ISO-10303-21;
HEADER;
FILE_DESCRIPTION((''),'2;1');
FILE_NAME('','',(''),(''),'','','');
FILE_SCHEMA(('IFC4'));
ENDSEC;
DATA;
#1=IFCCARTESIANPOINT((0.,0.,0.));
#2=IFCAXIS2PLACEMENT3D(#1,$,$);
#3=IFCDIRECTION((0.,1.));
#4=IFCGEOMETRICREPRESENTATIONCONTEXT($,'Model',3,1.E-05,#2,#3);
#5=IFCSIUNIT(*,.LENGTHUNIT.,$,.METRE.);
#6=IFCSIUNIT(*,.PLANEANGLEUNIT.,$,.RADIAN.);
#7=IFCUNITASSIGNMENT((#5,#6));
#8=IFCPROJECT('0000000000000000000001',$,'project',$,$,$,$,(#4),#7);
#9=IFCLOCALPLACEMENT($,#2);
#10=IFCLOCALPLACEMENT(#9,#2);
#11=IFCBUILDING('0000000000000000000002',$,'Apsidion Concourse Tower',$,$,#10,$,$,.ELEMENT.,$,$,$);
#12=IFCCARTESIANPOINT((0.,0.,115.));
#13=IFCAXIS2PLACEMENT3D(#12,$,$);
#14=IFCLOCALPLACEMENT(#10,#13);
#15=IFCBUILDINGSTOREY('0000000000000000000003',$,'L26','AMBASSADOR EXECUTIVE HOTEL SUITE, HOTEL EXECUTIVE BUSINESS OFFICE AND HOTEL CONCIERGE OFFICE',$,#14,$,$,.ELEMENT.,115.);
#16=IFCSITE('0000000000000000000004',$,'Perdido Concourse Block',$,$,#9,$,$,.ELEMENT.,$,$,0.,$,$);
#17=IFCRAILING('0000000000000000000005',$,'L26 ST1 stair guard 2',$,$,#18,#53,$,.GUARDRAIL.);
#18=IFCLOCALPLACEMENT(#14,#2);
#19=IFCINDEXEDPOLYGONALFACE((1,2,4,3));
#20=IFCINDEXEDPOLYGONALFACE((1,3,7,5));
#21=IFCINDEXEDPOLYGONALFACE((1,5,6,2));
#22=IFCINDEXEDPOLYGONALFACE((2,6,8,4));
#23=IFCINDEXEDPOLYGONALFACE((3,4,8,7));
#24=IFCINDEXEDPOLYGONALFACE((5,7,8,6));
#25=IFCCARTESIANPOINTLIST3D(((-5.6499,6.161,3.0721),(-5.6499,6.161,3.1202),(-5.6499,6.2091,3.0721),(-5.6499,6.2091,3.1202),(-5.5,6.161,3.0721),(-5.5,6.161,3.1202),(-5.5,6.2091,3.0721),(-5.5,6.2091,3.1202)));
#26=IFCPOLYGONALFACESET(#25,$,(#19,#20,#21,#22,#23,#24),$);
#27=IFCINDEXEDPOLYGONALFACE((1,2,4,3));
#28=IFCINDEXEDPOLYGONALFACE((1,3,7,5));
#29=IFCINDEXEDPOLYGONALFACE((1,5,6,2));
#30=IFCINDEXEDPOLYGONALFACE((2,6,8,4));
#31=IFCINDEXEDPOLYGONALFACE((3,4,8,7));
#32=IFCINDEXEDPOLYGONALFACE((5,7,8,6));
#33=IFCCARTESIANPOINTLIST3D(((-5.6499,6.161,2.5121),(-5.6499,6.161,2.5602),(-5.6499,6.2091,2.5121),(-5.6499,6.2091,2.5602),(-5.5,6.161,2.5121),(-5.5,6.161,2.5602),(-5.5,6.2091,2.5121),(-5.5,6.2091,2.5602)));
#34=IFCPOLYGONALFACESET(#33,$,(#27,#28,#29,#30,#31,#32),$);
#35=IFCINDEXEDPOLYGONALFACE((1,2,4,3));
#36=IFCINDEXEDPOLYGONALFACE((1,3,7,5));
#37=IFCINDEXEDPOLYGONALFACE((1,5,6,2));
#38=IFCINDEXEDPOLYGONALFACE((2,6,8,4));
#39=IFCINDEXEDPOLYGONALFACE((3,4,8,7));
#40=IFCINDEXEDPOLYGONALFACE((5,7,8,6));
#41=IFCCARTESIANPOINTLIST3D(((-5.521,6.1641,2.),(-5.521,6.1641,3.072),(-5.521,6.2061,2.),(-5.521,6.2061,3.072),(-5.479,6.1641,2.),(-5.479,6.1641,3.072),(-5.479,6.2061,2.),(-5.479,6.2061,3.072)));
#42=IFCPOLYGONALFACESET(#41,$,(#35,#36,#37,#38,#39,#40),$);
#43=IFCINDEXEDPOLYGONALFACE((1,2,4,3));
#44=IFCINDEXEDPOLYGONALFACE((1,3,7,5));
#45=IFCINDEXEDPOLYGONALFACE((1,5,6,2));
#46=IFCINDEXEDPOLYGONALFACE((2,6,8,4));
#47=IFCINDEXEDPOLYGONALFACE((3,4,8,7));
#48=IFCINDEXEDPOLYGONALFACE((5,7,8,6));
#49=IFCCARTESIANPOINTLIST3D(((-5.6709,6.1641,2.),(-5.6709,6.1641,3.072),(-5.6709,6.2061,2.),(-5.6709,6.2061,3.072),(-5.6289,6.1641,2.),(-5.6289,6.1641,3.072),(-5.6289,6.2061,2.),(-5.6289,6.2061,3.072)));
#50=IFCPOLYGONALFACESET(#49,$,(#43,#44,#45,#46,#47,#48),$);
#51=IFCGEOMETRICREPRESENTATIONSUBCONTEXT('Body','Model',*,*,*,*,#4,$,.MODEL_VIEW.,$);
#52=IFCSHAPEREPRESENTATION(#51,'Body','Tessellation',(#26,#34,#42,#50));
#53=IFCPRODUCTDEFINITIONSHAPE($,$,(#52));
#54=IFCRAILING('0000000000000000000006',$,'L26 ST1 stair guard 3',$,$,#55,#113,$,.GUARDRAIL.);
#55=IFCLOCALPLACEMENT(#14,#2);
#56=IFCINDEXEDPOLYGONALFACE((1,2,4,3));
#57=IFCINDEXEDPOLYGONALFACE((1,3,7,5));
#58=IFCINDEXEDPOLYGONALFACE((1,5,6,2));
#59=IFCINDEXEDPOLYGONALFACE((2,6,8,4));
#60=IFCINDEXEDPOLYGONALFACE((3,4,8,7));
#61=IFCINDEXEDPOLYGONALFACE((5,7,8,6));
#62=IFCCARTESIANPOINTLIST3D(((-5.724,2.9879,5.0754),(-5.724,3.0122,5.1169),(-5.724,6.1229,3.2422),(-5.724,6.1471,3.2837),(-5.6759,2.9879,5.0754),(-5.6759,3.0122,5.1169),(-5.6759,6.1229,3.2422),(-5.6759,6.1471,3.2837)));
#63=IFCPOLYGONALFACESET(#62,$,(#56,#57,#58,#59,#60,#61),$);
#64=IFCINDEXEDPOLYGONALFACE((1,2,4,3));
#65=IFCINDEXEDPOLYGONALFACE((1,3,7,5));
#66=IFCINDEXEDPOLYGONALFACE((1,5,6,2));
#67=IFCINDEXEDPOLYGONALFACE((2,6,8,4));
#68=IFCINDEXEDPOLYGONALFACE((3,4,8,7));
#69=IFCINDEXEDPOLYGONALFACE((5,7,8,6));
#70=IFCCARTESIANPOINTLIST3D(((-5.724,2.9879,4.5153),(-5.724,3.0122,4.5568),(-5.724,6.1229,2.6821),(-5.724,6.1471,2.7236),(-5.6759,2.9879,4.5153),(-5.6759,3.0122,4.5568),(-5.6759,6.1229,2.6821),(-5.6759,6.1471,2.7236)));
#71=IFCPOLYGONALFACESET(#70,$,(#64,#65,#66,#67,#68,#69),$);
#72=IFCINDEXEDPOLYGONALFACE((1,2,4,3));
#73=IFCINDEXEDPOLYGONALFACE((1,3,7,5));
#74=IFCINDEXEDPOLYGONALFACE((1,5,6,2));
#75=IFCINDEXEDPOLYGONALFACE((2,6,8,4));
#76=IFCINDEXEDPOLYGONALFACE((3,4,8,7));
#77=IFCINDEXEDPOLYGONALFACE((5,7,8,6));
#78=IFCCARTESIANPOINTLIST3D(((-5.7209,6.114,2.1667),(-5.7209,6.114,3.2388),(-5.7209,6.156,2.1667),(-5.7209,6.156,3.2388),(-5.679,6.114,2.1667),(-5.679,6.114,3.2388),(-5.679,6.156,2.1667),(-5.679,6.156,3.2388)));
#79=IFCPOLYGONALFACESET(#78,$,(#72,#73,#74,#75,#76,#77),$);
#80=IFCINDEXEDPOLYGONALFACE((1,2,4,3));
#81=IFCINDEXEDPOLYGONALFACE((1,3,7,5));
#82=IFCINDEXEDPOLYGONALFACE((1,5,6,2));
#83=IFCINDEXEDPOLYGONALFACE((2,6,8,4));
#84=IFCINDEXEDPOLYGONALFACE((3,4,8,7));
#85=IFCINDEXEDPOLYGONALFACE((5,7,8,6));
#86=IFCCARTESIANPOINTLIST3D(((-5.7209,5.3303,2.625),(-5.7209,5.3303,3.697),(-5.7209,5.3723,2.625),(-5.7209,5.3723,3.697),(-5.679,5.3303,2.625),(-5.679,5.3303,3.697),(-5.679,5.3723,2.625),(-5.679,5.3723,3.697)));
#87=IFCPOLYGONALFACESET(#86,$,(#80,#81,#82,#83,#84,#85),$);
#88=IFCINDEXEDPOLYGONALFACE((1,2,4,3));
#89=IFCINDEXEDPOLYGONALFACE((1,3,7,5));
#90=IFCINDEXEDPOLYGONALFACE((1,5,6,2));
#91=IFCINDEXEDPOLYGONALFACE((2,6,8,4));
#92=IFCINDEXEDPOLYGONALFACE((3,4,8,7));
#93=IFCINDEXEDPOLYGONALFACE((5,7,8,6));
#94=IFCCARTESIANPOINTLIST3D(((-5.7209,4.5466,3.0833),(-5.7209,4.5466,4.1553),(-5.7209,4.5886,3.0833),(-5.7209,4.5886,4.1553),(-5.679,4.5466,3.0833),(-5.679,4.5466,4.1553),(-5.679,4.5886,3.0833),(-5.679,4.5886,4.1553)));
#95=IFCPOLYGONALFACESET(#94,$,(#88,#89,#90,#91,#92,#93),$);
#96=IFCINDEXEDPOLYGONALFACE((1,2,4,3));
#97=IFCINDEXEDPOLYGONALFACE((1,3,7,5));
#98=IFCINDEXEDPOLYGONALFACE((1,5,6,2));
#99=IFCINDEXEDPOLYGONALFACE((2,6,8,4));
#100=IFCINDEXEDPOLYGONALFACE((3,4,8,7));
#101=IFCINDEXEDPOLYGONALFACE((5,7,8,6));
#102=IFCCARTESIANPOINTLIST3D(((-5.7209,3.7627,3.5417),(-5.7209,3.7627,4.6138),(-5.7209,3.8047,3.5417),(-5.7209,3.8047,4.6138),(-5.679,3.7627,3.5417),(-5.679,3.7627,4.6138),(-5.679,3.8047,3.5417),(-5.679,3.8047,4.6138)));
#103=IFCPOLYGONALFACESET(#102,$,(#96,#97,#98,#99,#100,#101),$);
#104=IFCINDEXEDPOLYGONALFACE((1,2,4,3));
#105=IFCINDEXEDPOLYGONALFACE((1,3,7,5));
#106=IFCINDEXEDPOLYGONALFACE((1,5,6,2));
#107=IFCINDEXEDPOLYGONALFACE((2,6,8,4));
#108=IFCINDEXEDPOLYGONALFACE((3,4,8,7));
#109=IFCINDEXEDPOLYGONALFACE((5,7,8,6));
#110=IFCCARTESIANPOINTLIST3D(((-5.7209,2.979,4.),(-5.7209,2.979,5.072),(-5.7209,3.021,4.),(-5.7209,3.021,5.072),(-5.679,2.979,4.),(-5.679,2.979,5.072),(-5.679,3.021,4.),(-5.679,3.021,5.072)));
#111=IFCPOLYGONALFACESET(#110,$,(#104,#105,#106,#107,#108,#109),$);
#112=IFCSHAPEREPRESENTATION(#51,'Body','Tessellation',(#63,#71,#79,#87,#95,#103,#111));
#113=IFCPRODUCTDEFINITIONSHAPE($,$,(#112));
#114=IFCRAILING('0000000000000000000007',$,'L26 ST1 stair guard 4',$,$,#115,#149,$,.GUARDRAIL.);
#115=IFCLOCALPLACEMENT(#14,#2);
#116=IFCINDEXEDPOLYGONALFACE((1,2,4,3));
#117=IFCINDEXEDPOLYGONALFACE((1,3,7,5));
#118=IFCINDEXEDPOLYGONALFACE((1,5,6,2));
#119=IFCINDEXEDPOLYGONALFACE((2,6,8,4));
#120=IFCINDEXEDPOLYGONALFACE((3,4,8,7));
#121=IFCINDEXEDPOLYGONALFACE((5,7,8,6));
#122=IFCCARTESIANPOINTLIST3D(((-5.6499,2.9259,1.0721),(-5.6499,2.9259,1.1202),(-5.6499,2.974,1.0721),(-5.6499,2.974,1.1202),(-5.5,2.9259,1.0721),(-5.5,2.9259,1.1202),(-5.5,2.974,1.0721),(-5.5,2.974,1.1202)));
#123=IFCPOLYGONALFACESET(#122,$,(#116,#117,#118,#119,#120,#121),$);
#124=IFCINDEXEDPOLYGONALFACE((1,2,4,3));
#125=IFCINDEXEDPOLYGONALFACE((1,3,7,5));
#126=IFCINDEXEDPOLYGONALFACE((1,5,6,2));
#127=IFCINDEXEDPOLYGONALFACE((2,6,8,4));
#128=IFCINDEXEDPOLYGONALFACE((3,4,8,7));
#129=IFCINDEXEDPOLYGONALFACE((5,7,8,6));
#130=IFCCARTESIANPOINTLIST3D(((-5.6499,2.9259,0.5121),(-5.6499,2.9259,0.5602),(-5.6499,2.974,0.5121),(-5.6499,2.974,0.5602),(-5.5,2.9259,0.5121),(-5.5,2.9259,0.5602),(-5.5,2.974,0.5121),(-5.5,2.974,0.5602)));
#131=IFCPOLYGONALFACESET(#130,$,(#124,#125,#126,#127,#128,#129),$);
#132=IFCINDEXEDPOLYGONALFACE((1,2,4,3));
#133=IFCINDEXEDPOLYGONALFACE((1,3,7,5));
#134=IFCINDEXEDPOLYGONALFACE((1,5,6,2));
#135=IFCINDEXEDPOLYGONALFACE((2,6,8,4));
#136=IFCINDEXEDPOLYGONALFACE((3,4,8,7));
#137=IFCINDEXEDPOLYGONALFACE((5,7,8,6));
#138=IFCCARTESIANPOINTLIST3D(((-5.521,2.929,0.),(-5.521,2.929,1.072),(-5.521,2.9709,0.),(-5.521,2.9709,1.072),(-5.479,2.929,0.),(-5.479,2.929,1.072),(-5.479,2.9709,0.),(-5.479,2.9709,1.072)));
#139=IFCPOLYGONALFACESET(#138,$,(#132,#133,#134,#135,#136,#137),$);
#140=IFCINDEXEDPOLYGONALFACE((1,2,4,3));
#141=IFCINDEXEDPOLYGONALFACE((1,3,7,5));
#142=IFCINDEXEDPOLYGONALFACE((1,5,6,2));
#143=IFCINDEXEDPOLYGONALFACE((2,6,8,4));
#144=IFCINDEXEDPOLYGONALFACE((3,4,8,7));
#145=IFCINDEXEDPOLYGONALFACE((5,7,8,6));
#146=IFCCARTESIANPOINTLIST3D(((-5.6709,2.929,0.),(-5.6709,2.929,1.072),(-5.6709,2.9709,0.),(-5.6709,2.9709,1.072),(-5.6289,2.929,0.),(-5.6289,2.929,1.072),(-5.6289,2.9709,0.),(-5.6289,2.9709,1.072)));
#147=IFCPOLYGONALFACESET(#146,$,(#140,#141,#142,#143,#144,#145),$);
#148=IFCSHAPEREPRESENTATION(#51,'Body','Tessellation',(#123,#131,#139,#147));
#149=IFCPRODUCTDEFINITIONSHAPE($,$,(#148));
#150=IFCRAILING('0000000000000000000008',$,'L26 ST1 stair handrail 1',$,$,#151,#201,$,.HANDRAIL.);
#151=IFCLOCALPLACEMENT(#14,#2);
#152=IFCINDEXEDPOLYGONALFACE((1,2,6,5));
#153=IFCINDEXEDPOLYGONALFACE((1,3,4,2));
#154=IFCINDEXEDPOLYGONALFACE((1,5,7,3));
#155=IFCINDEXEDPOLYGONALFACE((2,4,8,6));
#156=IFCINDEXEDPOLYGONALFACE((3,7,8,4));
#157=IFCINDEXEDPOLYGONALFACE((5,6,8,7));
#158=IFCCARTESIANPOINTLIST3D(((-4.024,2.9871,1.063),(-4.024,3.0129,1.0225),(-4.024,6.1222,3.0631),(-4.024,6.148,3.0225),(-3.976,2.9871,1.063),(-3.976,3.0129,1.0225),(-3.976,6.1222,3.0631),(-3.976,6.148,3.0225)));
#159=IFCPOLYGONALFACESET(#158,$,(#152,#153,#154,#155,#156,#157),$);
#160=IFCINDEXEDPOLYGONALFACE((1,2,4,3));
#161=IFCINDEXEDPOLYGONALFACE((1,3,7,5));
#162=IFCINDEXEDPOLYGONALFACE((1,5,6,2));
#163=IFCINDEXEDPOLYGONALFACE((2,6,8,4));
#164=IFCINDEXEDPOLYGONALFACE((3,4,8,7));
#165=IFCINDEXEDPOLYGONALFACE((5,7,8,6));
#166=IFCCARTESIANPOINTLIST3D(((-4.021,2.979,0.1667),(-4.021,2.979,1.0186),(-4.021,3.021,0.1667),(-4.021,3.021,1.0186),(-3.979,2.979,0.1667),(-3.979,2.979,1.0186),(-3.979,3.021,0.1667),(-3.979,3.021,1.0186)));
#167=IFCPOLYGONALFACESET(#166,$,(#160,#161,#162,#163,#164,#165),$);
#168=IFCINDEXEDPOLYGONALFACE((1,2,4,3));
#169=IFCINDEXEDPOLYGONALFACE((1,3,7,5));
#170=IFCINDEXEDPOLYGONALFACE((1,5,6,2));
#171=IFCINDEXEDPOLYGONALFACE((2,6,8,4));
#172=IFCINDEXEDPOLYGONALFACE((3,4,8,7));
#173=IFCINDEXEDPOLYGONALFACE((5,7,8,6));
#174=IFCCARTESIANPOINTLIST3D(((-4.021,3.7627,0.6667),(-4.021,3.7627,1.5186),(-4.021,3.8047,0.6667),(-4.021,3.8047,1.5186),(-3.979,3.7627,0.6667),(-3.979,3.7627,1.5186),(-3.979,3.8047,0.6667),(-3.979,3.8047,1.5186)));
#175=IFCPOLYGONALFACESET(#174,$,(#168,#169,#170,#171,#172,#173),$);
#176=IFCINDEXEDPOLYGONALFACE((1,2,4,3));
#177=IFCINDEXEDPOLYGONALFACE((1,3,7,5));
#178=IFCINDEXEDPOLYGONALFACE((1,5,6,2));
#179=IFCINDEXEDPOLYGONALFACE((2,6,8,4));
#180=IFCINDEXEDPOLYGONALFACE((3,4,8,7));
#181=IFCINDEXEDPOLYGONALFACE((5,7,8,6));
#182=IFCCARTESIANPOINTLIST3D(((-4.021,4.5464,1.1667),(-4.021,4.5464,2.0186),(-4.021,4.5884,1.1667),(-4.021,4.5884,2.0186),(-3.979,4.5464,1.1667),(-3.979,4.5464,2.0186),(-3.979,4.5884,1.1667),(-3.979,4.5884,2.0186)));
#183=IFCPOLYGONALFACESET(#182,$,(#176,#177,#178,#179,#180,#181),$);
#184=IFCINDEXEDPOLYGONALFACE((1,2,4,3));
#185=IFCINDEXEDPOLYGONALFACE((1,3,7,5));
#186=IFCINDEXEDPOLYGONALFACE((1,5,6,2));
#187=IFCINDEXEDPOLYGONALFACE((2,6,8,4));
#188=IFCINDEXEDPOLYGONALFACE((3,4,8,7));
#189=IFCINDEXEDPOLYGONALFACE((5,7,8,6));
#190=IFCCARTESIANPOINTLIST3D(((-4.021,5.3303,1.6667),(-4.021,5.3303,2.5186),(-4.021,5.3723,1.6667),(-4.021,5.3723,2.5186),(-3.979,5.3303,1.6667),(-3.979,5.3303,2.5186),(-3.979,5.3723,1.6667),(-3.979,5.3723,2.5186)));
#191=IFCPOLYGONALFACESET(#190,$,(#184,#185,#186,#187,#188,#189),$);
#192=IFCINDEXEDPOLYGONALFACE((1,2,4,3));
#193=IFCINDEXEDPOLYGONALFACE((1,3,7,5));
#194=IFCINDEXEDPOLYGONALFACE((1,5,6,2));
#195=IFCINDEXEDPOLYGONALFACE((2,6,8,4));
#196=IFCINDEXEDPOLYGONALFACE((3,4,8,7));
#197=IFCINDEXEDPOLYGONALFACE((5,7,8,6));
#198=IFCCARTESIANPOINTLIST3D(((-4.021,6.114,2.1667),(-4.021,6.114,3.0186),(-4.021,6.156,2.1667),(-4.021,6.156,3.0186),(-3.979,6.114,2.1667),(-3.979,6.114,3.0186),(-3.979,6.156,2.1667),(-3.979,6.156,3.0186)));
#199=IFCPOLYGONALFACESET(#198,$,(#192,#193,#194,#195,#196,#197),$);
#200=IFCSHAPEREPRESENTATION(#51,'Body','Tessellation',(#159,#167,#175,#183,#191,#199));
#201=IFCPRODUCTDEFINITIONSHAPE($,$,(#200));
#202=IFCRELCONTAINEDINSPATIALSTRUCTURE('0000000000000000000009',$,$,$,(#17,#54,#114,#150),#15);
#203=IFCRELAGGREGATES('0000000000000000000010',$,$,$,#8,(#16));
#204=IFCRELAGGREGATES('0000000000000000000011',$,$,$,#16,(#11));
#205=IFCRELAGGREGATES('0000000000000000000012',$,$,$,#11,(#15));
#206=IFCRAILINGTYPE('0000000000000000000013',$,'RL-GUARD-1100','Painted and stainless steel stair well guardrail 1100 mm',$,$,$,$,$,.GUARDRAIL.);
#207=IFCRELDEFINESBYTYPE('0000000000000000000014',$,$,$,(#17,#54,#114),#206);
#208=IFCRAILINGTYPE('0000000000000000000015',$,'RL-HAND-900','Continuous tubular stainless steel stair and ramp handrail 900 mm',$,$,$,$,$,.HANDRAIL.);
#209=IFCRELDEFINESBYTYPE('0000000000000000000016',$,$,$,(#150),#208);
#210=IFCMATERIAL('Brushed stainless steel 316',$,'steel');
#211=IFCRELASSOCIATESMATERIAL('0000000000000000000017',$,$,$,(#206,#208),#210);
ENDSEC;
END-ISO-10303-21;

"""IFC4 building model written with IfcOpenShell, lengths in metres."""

from ifc_helpers import new_model, si_unit, direction, frame, origin, origin_2d, place, context, subcontext, project, spatial, rectangle, extrude, material, type_object, element, save


model = new_model("IFC4")

# Units and contexts
model_context = context("Model", 3, precision=1e-05, world=origin(), true_north=direction((0.0, 1.0)))
body_context = subcontext(model_context, "Body", "Model", "MODEL_VIEW")
ifc_project = project(units=[si_unit("LENGTHUNIT", "METRE"), si_unit("PLANEANGLEUNIT", "RADIAN")], contexts=[model_context])

# Site, building, storey
site_placement = place(None, origin())
site = spatial("IfcSite", under=ifc_project, at=site_placement, Name="Perdido Concourse Block", CompositionType="ELEMENT", RefElevation=0.0)
building_placement = place(site_placement, origin())
building = spatial("IfcBuilding", under=site, at=building_placement, Name="Apsidion Concourse Tower", CompositionType="ELEMENT")
storey_placement = place(building_placement, frame((0.0, 0.0, 115.0)))
storey = spatial("IfcBuildingStorey", under=building, at=storey_placement, Name="L26", Description="AMBASSADOR EXECUTIVE HOTEL SUITE, HOTEL EXECUTIVE BUSINESS OFFICE AND HOTEL CONCIERGE OFFICE", CompositionType="ELEMENT", Elevation=115.0)

# Railings
ifc_material_1 = material(Name="Brushed stainless steel 316", Category="steel")
railing_type_1 = type_object("IfcRailingType", Name="RL-GUARD-1100", Description="Painted and stainless steel stair well guardrail 1100 mm", PredefinedType="GUARDRAIL", material=ifc_material_1)
railing_1_placement = place(storey_placement, frame((-5.5, 6.1851, 2.0)))
element("IfcRailing", 1, at=railing_1_placement, inside=storey, type_object=railing_type_1, Name="L26 ST1 stair guard 2", PredefinedType="GUARDRAIL", context=body_context, shape_type="SweptSolid", body=[
    extrude(rectangle(XDim=0.0481, YDim=0.0481, at=origin_2d()), frame((0.0, 0.0, 1.0962), z_axis=(-1.0, 0.0, 0.0), x_axis=(0.0, -1.0, 0.0)), (0.0, 0.0, 1.0), 0.1499),
    extrude(rectangle(XDim=0.0481, YDim=0.0481, at=origin_2d()), frame((0.0, 0.0, 0.5361), z_axis=(-1.0, 0.0, 0.0), x_axis=(0.0, -1.0, 0.0)), (0.0, 0.0, 1.0), 0.1499),
    extrude(rectangle(XDim=0.042, YDim=0.042, at=origin_2d()), origin(), (0.0, 0.0, 1.0), 1.072),
    extrude(rectangle(XDim=0.042, YDim=0.042, at=origin_2d()), frame((-0.1499, 0.0, 0.0)), (0.0, 0.0, 1.0), 1.072),
])
railing_2_placement = place(storey_placement, frame((-5.7, 6.135, 2.1667)))
element("IfcRailing", 2, at=railing_2_placement, inside=storey, type_object=railing_type_1, Name="L26 ST1 stair guard 3", PredefinedType="GUARDRAIL", context=body_context, shape_type="SweptSolid", body=[
    extrude(rectangle(XDim=0.0481, YDim=0.0481, at=origin_2d()), frame((0.0, 0.0, 1.0962), z_axis=(0.0, -0.86324, 0.504794), x_axis=(1.0, 0.0, 0.0)), (0.0, 0.0, 1.0), 3.6316),
    extrude(rectangle(XDim=0.0481, YDim=0.0481, at=origin_2d()), frame((0.0, 0.0, 0.5361), z_axis=(0.0, -0.86324, 0.504794), x_axis=(1.0, 0.0, 0.0)), (0.0, 0.0, 1.0), 3.6316),
    extrude(rectangle(XDim=0.042, YDim=0.042, at=origin_2d()), origin(), (0.0, 0.0, 1.0), 1.072),
    extrude(rectangle(XDim=0.042, YDim=0.042, at=origin_2d()), frame((0.0, -0.7837, 0.4583)), (0.0, 0.0, 1.0), 1.072),
    extrude(rectangle(XDim=0.042, YDim=0.042, at=origin_2d()), frame((0.0, -1.5674, 0.9165)), (0.0, 0.0, 1.0), 1.072),
    extrude(rectangle(XDim=0.042, YDim=0.042, at=origin_2d()), frame((0.0, -2.3513, 1.375)), (0.0, 0.0, 1.0), 1.072),
    extrude(rectangle(XDim=0.042, YDim=0.042, at=origin_2d()), frame((0.0, -3.135, 1.8333)), (0.0, 0.0, 1.0), 1.072),
])
railing_3_placement = place(storey_placement, frame((-5.5, 2.95, 0.0)))
element("IfcRailing", 3, at=railing_3_placement, inside=storey, type_object=railing_type_1, Name="L26 ST1 stair guard 4", PredefinedType="GUARDRAIL", context=body_context, shape_type="SweptSolid", body=[
    extrude(rectangle(XDim=0.0481, YDim=0.0481, at=origin_2d()), frame((0.0, 0.0, 1.0962), z_axis=(-1.0, 0.0, 0.0), x_axis=(0.0, -1.0, 0.0)), (0.0, 0.0, 1.0), 0.1499),
    extrude(rectangle(XDim=0.0481, YDim=0.0481, at=origin_2d()), frame((0.0, 0.0, 0.5361), z_axis=(-1.0, 0.0, 0.0), x_axis=(0.0, -1.0, 0.0)), (0.0, 0.0, 1.0), 0.1499),
    extrude(rectangle(XDim=0.042, YDim=0.042, at=origin_2d()), origin(), (0.0, 0.0, 1.0), 1.072),
    extrude(rectangle(XDim=0.042, YDim=0.042, at=origin_2d()), frame((-0.1499, 0.0, 0.0)), (0.0, 0.0, 1.0), 1.072),
])
railing_type_2 = type_object("IfcRailingType", Name="RL-HAND-900", Description="Continuous tubular stainless steel stair and ramp handrail 900 mm", PredefinedType="HANDRAIL", material=ifc_material_1)
railing_4_placement = place(storey_placement, frame((-4.0, 3.0, 0.1667)))
element("IfcRailing", 4, at=railing_4_placement, inside=storey, type_object=railing_type_2, Name="L26 ST1 stair handrail 1", PredefinedType="HANDRAIL", context=body_context, shape_type="SweptSolid", body=[
    extrude(rectangle(XDim=0.0481, YDim=0.0481, at=origin_2d()), frame((0.0, 0.0, 0.876), z_axis=(0.0, 0.843053, 0.537831), x_axis=(-1.0, 0.0, 0.0)), (0.0, 0.0, 1.0), 3.7188),
    extrude(rectangle(XDim=0.042, YDim=0.042, at=origin_2d()), origin(), (0.0, 0.0, 1.0), 0.8518),
    extrude(rectangle(XDim=0.042, YDim=0.042, at=origin_2d()), frame((0.0, 0.7837, 0.5)), (0.0, 0.0, 1.0), 0.8518),
    extrude(rectangle(XDim=0.042, YDim=0.042, at=origin_2d()), frame((0.0, 1.5674, 1.0)), (0.0, 0.0, 1.0), 0.8518),
    extrude(rectangle(XDim=0.042, YDim=0.042, at=origin_2d()), frame((0.0, 2.3513, 1.5)), (0.0, 0.0, 1.0), 0.8518),
    extrude(rectangle(XDim=0.042, YDim=0.042, at=origin_2d()), frame((0.0, 3.135, 2.0)), (0.0, 0.0, 1.0), 0.8518),
])

save(model, "model.ifc")
